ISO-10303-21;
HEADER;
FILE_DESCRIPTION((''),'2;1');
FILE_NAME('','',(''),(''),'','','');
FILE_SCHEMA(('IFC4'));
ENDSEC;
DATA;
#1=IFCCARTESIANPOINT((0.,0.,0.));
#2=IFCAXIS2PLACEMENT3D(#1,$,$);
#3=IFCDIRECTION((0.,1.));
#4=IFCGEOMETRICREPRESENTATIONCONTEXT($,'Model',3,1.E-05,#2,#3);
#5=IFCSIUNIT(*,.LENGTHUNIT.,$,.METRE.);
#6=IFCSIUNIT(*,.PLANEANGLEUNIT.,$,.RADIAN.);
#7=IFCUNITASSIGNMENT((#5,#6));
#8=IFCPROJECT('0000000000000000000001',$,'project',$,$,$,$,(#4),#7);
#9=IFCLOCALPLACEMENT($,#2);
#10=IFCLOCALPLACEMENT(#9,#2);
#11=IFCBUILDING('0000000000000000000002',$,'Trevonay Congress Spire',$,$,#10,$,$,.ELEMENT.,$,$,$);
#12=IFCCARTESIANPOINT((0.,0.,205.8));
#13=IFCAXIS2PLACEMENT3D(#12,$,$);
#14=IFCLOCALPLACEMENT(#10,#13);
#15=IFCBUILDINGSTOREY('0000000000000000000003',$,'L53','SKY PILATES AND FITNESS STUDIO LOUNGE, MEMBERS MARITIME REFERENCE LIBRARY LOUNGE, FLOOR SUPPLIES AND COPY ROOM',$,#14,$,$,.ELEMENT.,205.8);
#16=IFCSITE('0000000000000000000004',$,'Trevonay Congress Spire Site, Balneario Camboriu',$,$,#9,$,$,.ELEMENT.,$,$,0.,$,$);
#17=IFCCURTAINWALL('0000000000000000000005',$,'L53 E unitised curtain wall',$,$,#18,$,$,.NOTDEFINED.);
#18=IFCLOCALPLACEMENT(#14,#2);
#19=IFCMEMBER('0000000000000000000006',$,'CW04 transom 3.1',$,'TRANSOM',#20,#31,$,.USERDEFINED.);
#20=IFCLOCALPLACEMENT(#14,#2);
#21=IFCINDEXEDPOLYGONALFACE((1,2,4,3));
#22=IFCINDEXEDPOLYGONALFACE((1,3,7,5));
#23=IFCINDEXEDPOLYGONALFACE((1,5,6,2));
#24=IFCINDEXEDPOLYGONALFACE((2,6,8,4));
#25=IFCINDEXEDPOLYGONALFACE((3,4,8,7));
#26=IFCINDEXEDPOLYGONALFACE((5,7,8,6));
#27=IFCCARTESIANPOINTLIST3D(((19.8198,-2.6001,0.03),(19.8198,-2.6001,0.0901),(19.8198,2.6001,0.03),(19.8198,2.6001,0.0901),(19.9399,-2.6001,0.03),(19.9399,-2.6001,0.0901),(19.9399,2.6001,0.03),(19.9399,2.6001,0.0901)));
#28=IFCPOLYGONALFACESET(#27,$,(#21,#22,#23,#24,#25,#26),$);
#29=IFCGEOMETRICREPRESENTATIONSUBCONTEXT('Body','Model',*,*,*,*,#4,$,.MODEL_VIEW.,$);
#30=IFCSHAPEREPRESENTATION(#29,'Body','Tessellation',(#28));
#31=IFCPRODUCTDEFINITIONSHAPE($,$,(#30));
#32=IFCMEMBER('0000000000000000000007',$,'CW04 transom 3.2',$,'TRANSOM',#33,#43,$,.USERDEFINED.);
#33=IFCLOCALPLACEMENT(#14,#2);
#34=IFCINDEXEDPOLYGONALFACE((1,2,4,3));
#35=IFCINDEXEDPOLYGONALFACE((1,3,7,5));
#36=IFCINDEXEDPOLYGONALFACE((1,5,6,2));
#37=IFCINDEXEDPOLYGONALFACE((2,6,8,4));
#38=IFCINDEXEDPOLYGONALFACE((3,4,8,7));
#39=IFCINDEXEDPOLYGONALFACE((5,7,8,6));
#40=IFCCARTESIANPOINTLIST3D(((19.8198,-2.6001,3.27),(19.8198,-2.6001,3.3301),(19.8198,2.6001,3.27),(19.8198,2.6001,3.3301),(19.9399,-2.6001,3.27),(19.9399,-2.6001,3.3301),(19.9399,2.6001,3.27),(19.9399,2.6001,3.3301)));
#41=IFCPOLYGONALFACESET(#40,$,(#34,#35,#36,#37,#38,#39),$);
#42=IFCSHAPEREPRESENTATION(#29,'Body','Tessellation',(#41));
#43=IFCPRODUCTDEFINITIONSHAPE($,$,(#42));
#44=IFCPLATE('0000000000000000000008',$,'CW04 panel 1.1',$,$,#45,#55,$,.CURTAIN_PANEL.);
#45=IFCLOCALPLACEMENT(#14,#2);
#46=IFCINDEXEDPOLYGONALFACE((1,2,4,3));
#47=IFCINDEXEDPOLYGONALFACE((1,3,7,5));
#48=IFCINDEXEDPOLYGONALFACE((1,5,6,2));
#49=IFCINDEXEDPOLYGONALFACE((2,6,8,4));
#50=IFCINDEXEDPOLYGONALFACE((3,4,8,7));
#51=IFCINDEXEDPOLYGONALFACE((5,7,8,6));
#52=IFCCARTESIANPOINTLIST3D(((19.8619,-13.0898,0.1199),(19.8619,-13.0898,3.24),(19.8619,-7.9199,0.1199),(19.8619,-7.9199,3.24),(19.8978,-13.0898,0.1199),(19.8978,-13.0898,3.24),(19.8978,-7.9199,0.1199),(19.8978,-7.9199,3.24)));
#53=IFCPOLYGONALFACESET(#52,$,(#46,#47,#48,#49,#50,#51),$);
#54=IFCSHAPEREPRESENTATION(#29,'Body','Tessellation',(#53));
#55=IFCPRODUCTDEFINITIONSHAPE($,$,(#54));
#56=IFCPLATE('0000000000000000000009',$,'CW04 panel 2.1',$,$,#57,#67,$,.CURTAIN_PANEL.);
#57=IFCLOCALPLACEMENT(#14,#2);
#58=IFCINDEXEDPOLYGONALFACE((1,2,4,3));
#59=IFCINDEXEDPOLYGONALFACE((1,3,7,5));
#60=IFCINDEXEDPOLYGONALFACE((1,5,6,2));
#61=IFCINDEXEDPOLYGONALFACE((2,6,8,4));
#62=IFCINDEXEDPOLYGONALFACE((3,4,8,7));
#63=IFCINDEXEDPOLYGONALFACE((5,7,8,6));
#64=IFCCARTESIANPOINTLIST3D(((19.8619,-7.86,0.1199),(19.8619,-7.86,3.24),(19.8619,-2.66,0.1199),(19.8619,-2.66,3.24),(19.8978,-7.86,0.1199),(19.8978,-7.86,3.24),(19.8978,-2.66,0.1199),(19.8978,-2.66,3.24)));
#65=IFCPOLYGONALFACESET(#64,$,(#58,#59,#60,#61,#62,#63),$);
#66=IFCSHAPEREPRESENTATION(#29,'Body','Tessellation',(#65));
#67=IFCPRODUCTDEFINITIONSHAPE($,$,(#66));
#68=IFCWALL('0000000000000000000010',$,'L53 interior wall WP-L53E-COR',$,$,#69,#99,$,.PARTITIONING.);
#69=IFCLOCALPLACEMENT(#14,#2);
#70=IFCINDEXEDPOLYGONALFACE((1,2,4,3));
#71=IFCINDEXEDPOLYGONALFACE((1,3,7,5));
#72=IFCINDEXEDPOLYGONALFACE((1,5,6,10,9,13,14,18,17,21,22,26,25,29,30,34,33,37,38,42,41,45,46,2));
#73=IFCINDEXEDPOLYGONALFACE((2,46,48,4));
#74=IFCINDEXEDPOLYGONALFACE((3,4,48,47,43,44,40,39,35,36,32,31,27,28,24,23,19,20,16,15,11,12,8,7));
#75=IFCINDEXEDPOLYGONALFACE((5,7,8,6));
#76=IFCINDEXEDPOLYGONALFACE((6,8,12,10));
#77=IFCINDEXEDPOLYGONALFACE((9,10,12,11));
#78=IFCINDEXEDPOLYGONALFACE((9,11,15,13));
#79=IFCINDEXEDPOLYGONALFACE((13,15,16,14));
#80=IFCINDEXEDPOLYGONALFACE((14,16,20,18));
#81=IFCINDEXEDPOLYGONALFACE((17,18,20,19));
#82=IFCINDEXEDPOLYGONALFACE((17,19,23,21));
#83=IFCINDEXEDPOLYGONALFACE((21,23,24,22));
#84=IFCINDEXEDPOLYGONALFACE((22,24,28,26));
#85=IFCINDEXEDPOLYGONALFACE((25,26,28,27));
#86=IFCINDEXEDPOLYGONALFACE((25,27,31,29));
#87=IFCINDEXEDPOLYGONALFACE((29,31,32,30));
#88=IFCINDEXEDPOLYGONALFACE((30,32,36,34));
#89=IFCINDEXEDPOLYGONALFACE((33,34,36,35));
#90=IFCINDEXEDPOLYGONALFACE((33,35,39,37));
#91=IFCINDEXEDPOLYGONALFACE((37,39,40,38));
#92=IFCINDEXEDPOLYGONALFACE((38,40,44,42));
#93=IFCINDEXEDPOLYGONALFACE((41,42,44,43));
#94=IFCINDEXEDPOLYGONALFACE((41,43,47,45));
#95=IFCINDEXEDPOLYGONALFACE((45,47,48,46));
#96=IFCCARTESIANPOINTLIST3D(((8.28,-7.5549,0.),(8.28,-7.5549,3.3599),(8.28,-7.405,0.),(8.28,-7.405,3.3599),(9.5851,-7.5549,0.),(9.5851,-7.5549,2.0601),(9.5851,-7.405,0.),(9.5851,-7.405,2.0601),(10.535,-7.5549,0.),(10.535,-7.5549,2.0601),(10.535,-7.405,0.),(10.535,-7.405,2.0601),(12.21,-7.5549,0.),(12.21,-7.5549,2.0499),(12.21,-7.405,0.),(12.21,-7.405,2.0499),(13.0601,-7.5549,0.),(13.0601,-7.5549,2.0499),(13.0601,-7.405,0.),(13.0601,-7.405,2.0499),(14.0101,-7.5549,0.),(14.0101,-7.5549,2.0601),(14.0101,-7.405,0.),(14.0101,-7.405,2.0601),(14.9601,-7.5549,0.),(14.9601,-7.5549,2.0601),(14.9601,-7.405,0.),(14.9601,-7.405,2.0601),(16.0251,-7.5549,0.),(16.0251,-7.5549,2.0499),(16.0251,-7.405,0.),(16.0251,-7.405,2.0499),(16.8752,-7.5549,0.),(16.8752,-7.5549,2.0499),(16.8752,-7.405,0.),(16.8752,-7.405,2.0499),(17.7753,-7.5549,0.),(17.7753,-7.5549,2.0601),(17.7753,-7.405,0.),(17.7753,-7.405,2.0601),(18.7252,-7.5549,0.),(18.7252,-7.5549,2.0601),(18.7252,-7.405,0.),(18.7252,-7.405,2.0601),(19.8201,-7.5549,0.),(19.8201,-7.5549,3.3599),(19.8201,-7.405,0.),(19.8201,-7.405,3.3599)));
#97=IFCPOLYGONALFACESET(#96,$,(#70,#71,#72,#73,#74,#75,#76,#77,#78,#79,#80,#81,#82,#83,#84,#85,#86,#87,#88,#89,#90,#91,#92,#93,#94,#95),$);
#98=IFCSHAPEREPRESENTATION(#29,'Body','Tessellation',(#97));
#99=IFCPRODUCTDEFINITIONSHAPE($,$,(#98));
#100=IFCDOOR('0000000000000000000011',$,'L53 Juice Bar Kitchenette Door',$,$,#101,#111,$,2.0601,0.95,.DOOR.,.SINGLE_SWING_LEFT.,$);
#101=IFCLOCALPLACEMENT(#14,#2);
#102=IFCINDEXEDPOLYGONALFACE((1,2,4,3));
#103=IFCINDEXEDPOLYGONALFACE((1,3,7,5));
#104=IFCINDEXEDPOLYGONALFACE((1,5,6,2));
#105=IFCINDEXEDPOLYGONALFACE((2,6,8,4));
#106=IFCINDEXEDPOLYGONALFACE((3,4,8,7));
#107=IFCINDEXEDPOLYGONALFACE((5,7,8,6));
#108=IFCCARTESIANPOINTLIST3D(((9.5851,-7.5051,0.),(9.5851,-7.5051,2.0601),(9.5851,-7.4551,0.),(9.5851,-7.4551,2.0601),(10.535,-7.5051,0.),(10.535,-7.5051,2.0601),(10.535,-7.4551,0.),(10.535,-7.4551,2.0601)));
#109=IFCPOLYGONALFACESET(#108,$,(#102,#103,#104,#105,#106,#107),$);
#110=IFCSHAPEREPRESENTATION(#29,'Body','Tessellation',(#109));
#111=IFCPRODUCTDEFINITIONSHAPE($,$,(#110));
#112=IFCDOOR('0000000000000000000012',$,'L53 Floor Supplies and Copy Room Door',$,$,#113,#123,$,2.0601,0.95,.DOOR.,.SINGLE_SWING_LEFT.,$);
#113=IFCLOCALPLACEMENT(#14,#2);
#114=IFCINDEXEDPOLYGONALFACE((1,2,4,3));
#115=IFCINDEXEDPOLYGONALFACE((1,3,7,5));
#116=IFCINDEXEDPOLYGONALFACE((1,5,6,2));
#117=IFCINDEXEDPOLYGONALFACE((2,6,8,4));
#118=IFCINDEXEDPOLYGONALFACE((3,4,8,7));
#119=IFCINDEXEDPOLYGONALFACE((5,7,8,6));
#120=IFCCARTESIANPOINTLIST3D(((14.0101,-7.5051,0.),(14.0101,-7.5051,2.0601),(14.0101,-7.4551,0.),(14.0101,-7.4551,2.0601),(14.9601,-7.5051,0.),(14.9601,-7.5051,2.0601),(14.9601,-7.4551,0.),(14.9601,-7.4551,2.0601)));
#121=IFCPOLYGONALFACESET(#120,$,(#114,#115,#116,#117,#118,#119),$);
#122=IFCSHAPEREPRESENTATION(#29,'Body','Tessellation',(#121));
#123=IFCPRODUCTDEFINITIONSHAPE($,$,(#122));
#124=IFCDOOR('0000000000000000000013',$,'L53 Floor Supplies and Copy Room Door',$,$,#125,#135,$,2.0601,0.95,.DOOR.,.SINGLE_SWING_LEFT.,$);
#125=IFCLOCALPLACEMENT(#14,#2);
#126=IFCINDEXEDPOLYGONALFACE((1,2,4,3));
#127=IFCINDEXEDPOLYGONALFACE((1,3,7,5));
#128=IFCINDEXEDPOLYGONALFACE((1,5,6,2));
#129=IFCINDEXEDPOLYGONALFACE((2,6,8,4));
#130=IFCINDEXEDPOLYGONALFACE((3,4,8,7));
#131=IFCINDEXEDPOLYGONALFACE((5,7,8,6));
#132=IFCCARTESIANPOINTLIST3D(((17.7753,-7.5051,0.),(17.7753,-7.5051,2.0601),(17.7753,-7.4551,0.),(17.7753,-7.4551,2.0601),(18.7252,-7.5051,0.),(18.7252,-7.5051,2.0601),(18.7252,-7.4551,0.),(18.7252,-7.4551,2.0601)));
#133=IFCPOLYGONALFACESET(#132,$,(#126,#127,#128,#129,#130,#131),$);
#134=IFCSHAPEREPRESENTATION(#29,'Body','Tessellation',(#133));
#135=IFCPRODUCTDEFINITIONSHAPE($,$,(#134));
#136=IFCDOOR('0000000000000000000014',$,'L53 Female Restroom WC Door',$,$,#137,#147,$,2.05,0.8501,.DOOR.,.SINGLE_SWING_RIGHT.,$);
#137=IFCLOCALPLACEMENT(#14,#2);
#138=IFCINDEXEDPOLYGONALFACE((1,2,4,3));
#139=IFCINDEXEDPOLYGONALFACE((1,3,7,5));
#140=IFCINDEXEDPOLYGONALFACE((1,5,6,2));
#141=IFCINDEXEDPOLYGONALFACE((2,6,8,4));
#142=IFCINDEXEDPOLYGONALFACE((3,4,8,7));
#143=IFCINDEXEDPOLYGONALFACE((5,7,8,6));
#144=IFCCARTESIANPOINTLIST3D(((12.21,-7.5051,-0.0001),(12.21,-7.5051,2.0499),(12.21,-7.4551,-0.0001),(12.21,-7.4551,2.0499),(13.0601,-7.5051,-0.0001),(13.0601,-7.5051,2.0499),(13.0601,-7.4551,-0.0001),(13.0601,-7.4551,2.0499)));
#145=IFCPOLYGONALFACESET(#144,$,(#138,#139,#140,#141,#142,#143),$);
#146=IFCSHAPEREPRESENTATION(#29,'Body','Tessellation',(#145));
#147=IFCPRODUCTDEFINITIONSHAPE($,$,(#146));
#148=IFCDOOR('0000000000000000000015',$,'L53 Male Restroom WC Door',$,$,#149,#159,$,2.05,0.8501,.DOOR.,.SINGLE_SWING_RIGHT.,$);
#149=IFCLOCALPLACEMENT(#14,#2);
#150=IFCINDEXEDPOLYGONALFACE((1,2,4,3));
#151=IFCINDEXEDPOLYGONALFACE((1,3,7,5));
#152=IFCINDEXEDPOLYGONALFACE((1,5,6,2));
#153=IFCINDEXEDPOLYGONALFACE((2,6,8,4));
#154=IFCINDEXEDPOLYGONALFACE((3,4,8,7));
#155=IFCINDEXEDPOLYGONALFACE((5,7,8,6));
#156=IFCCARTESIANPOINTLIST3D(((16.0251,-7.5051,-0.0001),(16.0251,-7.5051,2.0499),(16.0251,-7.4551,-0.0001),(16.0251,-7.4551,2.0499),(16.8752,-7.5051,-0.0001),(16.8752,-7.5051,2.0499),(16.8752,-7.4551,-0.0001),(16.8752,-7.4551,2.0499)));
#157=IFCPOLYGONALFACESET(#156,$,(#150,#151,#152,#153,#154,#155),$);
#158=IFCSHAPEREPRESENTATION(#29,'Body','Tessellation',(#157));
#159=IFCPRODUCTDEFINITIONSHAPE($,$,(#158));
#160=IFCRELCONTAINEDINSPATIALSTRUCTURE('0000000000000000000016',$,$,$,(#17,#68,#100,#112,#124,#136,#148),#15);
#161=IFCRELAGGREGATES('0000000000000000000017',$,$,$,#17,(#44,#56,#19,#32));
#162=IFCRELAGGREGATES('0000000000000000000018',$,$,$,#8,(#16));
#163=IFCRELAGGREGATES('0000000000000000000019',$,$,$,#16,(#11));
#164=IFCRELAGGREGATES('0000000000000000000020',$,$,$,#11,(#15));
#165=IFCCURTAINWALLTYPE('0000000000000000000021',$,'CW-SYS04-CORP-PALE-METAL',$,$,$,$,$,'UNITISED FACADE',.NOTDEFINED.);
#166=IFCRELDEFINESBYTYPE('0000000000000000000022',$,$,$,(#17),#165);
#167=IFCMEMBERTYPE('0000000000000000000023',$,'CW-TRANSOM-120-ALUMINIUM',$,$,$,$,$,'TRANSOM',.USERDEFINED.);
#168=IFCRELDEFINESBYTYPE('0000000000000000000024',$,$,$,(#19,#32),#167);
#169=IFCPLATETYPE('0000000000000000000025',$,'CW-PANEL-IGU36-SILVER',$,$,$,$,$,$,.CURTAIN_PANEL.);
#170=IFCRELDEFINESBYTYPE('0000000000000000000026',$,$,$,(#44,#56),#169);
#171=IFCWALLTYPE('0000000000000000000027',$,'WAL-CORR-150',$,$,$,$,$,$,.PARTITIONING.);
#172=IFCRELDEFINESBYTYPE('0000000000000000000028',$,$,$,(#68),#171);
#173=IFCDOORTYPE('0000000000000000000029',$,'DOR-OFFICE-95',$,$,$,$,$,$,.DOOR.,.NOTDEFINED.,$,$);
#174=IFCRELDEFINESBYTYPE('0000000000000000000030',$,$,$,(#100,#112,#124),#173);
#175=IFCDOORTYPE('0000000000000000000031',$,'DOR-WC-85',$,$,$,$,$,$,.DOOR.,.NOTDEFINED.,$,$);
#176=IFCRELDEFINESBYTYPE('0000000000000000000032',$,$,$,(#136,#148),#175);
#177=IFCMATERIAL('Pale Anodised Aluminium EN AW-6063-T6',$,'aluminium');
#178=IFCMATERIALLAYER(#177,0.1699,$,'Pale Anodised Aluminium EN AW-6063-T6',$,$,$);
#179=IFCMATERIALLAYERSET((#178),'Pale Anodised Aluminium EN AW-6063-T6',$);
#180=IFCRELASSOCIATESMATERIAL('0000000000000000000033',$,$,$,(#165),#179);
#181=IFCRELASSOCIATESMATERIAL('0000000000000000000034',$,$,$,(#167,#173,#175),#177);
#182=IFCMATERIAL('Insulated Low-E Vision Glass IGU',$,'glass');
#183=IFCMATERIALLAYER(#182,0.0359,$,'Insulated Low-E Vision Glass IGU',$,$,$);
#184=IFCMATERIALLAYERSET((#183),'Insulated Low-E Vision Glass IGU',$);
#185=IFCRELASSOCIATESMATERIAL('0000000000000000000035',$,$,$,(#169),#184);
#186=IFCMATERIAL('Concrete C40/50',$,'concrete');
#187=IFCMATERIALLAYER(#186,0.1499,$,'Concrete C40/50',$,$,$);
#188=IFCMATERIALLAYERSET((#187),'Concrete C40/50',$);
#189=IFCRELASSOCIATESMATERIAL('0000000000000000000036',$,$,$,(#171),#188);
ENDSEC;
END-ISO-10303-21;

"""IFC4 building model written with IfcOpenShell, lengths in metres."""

from ifc_helpers import new_model, si_unit, direction, frame, frame_2d, origin, origin_2d, place, context, subcontext, project, spatial, rectangle, extrude, material, layer, layer_set, material_profile, profile_set, type_object, element, fill, aggregate, save


model = new_model("IFC4")

# Units and contexts
model_context = context("Model", 3, precision=1e-05, world=origin(), true_north=direction((0.0, 1.0)))
body_context = subcontext(model_context, "Body", "Model", "MODEL_VIEW")
ifc_project = project(units=[si_unit("LENGTHUNIT", "METRE"), si_unit("PLANEANGLEUNIT", "RADIAN")], contexts=[model_context])

# Site, building, storey
site_placement = place(None, origin())
site = spatial("IfcSite", under=ifc_project, at=site_placement, Name="Trevonay Congress Spire Site, Balneario Camboriu", CompositionType="ELEMENT", RefElevation=0.0)
building_placement = place(site_placement, origin())
building = spatial("IfcBuilding", under=site, at=building_placement, Name="Trevonay Congress Spire", CompositionType="ELEMENT")
storey_placement = place(building_placement, frame((0.0, 0.0, 205.8)))
storey = spatial("IfcBuildingStorey", under=building, at=storey_placement, Name="L53", Description="SKY PILATES AND FITNESS STUDIO LOUNGE, MEMBERS MARITIME REFERENCE LIBRARY LOUNGE, FLOOR SUPPLIES AND COPY ROOM", CompositionType="ELEMENT", Elevation=205.8)

# Curtain wall, members, plates
ifc_material_1 = material(Name="Pale Anodised Aluminium EN AW-6063-T6", Category="aluminium")
ifc_layer_1 = layer(ifc_material_1, 0.1699, Name="Pale Anodised Aluminium EN AW-6063-T6")
ifc_layer_set_1 = layer_set([ifc_layer_1], Name="Pale Anodised Aluminium EN AW-6063-T6")
curtain_wall_type = type_object("IfcCurtainWallType", Name="CW-SYS04-CORP-PALE-METAL", ElementType="UNITISED FACADE", PredefinedType="NOTDEFINED", material=ifc_layer_set_1)
curtain_wall_placement = place(storey_placement, origin())
curtain_wall = element("IfcCurtainWall", 1, at=curtain_wall_placement, inside=storey, type_object=curtain_wall_type, Name="L53 E unitised curtain wall", PredefinedType="NOTDEFINED")
ifc_material_profile_1 = material_profile(ifc_material_1, rectangle(XDim=0.1201, YDim=0.0601, at=origin_2d()), Name="CW-TRANSOM-120-ALUMINIUM")
ifc_profile_set_1 = profile_set([ifc_material_profile_1], Name="Pale Anodised Aluminium EN AW-6063-T6")
member_type_1 = type_object("IfcMemberType", Name="CW-TRANSOM-120-ALUMINIUM", ElementType="TRANSOM", PredefinedType="USERDEFINED", material=ifc_profile_set_1)
member_1_placement = place(storey_placement, frame((19.8799, -2.6001, 0.0601), z_axis=(0.0, 1.0, 0.0), x_axis=(-1.0, 0.0, 0.0)))
member_1 = element("IfcMember", 2, at=member_1_placement, type_object=member_type_1, Name="CW04 transom 3.1", ObjectType="TRANSOM", PredefinedType="USERDEFINED", context=body_context, shape_type="SweptSolid", body=[
    extrude(rectangle(XDim=0.1201, YDim=0.0601, at=origin_2d()), origin(), (0.0, 0.0, 1.0), 5.2002),
])
member_2_placement = place(storey_placement, frame((19.8799, -2.6001, 3.3), z_axis=(0.0, 1.0, 0.0), x_axis=(-1.0, 0.0, 0.0)))
member_2 = element("IfcMember", 3, at=member_2_placement, type_object=member_type_1, Name="CW04 transom 3.2", ObjectType="TRANSOM", PredefinedType="USERDEFINED", context=body_context, shape_type="SweptSolid", body=[
    extrude(rectangle(XDim=0.1201, YDim=0.0601, at=origin_2d()), origin(), (0.0, 0.0, 1.0), 5.2002),
])
ifc_material_2 = material(Name="Insulated Low-E Vision Glass IGU", Category="glass")
ifc_layer_2 = layer(ifc_material_2, 0.0359, Name="Insulated Low-E Vision Glass IGU")
ifc_layer_set_2 = layer_set([ifc_layer_2], Name="Insulated Low-E Vision Glass IGU")
plate_type = type_object("IfcPlateType", Name="CW-PANEL-IGU36-SILVER", PredefinedType="CURTAIN_PANEL", material=ifc_layer_set_2)
plate_1_placement = place(storey_placement, frame((19.8799, -10.5049, 0.1199), z_axis=(0.0, 0.0, 1.0), x_axis=(0.0, 1.0, 0.0)))
plate_1 = element("IfcPlate", 4, at=plate_1_placement, type_object=plate_type, Name="CW04 panel 1.1", PredefinedType="CURTAIN_PANEL", context=body_context, shape_type="SweptSolid", body=[
    extrude(rectangle(XDim=5.1699, YDim=0.0359, at=origin_2d()), origin(), (0.0, 0.0, 1.0), 3.1201),
])
plate_2_placement = place(storey_placement, frame((19.8799, -5.26, 0.1199), z_axis=(0.0, 0.0, 1.0), x_axis=(0.0, 1.0, 0.0)))
plate_2 = element("IfcPlate", 5, at=plate_2_placement, type_object=plate_type, Name="CW04 panel 2.1", PredefinedType="CURTAIN_PANEL", context=body_context, shape_type="SweptSolid", body=[
    extrude(rectangle(XDim=5.2, YDim=0.0359, at=origin_2d()), origin(), (0.0, 0.0, 1.0), 3.1201),
])
aggregate(curtain_wall, [plate_1, plate_2, member_1, member_2])

# Wall, openings, doors
ifc_material_3 = material(Name="Concrete C40/50", Category="concrete")
ifc_layer_3 = layer(ifc_material_3, 0.1499, Name="Concrete C40/50")
ifc_layer_set_3 = layer_set([ifc_layer_3], Name="Concrete C40/50")
wall_type_1 = type_object("IfcWallType", Name="WAL-CORR-150", PredefinedType="PARTITIONING", material=ifc_layer_set_3)
wall_1_placement = place(storey_placement, frame((8.28, -7.48, 0.0), z_axis=(0.0, 0.0, 1.0), x_axis=(1.0, 0.0, 0.0)))
wall_1 = element("IfcWall", 6, at=wall_1_placement, inside=storey, type_object=wall_type_1, Name="L53 interior wall WP-L53E-COR", PredefinedType="PARTITIONING", context=body_context, shape_type="SweptSolid", body=[
    extrude(rectangle(XDim=11.54, YDim=0.1499, at=frame_2d((5.77, 0.0))), origin(), (0.0, 0.0, 1.0), 3.3599),
])
opening_1_placement = place(wall_1_placement, frame((1.3049, 0.0, 0.0)))
opening_1 = element("IfcOpeningElement", 7, at=opening_1_placement, cuts=wall_1, PredefinedType="OPENING", context=body_context, shape_type="SweptSolid", body=[
    extrude(rectangle(XDim=0.95, YDim=2.0601, at=frame_2d((0.4751, 1.03))), frame((0.0, 0.085, 0.0), z_axis=(0.0, -1.0, 0.0), x_axis=(1.0, 0.0, 0.0)), (0.0, 0.0, 1.0), 0.1699),
])
opening_2_placement = place(wall_1_placement, frame((3.9299, 0.0, 0.0)))
opening_2 = element("IfcOpeningElement", 8, at=opening_2_placement, cuts=wall_1, PredefinedType="OPENING", context=body_context, shape_type="SweptSolid", body=[
    extrude(rectangle(XDim=0.8501, YDim=2.05, at=frame_2d((0.425, 1.0249))), frame((0.0, 0.085, 0.0), z_axis=(0.0, -1.0, 0.0), x_axis=(1.0, 0.0, 0.0)), (0.0, 0.0, 1.0), 0.1699),
])
opening_3_placement = place(wall_1_placement, frame((5.73, 0.0, 0.0)))
opening_3 = element("IfcOpeningElement", 9, at=opening_3_placement, cuts=wall_1, PredefinedType="OPENING", context=body_context, shape_type="SweptSolid", body=[
    extrude(rectangle(XDim=0.95, YDim=2.0601, at=frame_2d((0.4751, 1.03))), frame((0.0, 0.085, 0.0), z_axis=(0.0, -1.0, 0.0), x_axis=(1.0, 0.0, 0.0)), (0.0, 0.0, 1.0), 0.1699),
])
opening_4_placement = place(wall_1_placement, frame((7.7451, 0.0, 0.0)))
opening_4 = element("IfcOpeningElement", 10, at=opening_4_placement, cuts=wall_1, PredefinedType="OPENING", context=body_context, shape_type="SweptSolid", body=[
    extrude(rectangle(XDim=0.8501, YDim=2.05, at=frame_2d((0.425, 1.0249))), frame((0.0, 0.085, 0.0), z_axis=(0.0, -1.0, 0.0), x_axis=(1.0, 0.0, 0.0)), (0.0, 0.0, 1.0), 0.1699),
])
opening_5_placement = place(wall_1_placement, frame((9.4951, 0.0, 0.0)))
opening_5 = element("IfcOpeningElement", 11, at=opening_5_placement, cuts=wall_1, PredefinedType="OPENING", context=body_context, shape_type="SweptSolid", body=[
    extrude(rectangle(XDim=0.95, YDim=2.0601, at=frame_2d((0.4751, 1.03))), frame((0.0, 0.085, 0.0), z_axis=(0.0, -1.0, 0.0), x_axis=(1.0, 0.0, 0.0)), (0.0, 0.0, 1.0), 0.1699),
])
door_type_1 = type_object("IfcDoorType", Name="DOR-OFFICE-95", OperationType="NOTDEFINED", PredefinedType="DOOR", material=ifc_material_1)
door_1_placement = place(opening_1_placement, origin())
door_1 = element("IfcDoor", 12, at=door_1_placement, inside=storey, type_object=door_type_1, Name="L53 Juice Bar Kitchenette Door", OperationType="SINGLE_SWING_LEFT", OverallHeight=2.0601, OverallWidth=0.95, PredefinedType="DOOR", context=body_context, shape_type="SweptSolid", body=[
    extrude(rectangle(XDim=0.95, YDim=2.0601, at=frame_2d((0.4751, 1.03))), frame((0.0, 0.0249, 0.0), z_axis=(0.0, -1.0, 0.0), x_axis=(1.0, 0.0, 0.0)), (0.0, 0.0, 1.0), 0.05),
])
fill(opening_1, door_1)
door_2_placement = place(opening_3_placement, origin())
door_2 = element("IfcDoor", 13, at=door_2_placement, inside=storey, type_object=door_type_1, Name="L53 Floor Supplies and Copy Room Door", OperationType="SINGLE_SWING_LEFT", OverallHeight=2.0601, OverallWidth=0.95, PredefinedType="DOOR", context=body_context, shape_type="SweptSolid", body=[
    extrude(rectangle(XDim=0.95, YDim=2.0601, at=frame_2d((0.4751, 1.03))), frame((0.0, 0.0249, 0.0), z_axis=(0.0, -1.0, 0.0), x_axis=(1.0, 0.0, 0.0)), (0.0, 0.0, 1.0), 0.05),
])
fill(opening_3, door_2)
door_3_placement = place(opening_5_placement, origin())
door_3 = element("IfcDoor", 14, at=door_3_placement, inside=storey, type_object=door_type_1, Name="L53 Floor Supplies and Copy Room Door", OperationType="SINGLE_SWING_LEFT", OverallHeight=2.0601, OverallWidth=0.95, PredefinedType="DOOR", context=body_context, shape_type="SweptSolid", body=[
    extrude(rectangle(XDim=0.95, YDim=2.0601, at=frame_2d((0.4751, 1.03))), frame((0.0, 0.0249, 0.0), z_axis=(0.0, -1.0, 0.0), x_axis=(1.0, 0.0, 0.0)), (0.0, 0.0, 1.0), 0.05),
])
fill(opening_5, door_3)
door_type_2 = type_object("IfcDoorType", Name="DOR-WC-85", OperationType="NOTDEFINED", PredefinedType="DOOR", material=ifc_material_1)
door_4_placement = place(opening_2_placement, origin())
door_4 = element("IfcDoor", 15, at=door_4_placement, inside=storey, type_object=door_type_2, Name="L53 Female Restroom WC Door", OperationType="SINGLE_SWING_RIGHT", OverallHeight=2.05, OverallWidth=0.8501, PredefinedType="DOOR", context=body_context, shape_type="SweptSolid", body=[
    extrude(rectangle(XDim=0.8501, YDim=2.05, at=frame_2d((0.425, 1.0249))), frame((0.0, 0.0249, 0.0), z_axis=(0.0, -1.0, 0.0), x_axis=(1.0, 0.0, 0.0)), (0.0, 0.0, 1.0), 0.05),
])
fill(opening_2, door_4)
door_5_placement = place(opening_4_placement, origin())
door_5 = element("IfcDoor", 16, at=door_5_placement, inside=storey, type_object=door_type_2, Name="L53 Male Restroom WC Door", OperationType="SINGLE_SWING_RIGHT", OverallHeight=2.05, OverallWidth=0.8501, PredefinedType="DOOR", context=body_context, shape_type="SweptSolid", body=[
    extrude(rectangle(XDim=0.8501, YDim=2.05, at=frame_2d((0.425, 1.0249))), frame((0.0, 0.0249, 0.0), z_axis=(0.0, -1.0, 0.0), x_axis=(1.0, 0.0, 0.0)), (0.0, 0.0, 1.0), 0.05),
])
fill(opening_4, door_5)

save(model, "model.ifc")
